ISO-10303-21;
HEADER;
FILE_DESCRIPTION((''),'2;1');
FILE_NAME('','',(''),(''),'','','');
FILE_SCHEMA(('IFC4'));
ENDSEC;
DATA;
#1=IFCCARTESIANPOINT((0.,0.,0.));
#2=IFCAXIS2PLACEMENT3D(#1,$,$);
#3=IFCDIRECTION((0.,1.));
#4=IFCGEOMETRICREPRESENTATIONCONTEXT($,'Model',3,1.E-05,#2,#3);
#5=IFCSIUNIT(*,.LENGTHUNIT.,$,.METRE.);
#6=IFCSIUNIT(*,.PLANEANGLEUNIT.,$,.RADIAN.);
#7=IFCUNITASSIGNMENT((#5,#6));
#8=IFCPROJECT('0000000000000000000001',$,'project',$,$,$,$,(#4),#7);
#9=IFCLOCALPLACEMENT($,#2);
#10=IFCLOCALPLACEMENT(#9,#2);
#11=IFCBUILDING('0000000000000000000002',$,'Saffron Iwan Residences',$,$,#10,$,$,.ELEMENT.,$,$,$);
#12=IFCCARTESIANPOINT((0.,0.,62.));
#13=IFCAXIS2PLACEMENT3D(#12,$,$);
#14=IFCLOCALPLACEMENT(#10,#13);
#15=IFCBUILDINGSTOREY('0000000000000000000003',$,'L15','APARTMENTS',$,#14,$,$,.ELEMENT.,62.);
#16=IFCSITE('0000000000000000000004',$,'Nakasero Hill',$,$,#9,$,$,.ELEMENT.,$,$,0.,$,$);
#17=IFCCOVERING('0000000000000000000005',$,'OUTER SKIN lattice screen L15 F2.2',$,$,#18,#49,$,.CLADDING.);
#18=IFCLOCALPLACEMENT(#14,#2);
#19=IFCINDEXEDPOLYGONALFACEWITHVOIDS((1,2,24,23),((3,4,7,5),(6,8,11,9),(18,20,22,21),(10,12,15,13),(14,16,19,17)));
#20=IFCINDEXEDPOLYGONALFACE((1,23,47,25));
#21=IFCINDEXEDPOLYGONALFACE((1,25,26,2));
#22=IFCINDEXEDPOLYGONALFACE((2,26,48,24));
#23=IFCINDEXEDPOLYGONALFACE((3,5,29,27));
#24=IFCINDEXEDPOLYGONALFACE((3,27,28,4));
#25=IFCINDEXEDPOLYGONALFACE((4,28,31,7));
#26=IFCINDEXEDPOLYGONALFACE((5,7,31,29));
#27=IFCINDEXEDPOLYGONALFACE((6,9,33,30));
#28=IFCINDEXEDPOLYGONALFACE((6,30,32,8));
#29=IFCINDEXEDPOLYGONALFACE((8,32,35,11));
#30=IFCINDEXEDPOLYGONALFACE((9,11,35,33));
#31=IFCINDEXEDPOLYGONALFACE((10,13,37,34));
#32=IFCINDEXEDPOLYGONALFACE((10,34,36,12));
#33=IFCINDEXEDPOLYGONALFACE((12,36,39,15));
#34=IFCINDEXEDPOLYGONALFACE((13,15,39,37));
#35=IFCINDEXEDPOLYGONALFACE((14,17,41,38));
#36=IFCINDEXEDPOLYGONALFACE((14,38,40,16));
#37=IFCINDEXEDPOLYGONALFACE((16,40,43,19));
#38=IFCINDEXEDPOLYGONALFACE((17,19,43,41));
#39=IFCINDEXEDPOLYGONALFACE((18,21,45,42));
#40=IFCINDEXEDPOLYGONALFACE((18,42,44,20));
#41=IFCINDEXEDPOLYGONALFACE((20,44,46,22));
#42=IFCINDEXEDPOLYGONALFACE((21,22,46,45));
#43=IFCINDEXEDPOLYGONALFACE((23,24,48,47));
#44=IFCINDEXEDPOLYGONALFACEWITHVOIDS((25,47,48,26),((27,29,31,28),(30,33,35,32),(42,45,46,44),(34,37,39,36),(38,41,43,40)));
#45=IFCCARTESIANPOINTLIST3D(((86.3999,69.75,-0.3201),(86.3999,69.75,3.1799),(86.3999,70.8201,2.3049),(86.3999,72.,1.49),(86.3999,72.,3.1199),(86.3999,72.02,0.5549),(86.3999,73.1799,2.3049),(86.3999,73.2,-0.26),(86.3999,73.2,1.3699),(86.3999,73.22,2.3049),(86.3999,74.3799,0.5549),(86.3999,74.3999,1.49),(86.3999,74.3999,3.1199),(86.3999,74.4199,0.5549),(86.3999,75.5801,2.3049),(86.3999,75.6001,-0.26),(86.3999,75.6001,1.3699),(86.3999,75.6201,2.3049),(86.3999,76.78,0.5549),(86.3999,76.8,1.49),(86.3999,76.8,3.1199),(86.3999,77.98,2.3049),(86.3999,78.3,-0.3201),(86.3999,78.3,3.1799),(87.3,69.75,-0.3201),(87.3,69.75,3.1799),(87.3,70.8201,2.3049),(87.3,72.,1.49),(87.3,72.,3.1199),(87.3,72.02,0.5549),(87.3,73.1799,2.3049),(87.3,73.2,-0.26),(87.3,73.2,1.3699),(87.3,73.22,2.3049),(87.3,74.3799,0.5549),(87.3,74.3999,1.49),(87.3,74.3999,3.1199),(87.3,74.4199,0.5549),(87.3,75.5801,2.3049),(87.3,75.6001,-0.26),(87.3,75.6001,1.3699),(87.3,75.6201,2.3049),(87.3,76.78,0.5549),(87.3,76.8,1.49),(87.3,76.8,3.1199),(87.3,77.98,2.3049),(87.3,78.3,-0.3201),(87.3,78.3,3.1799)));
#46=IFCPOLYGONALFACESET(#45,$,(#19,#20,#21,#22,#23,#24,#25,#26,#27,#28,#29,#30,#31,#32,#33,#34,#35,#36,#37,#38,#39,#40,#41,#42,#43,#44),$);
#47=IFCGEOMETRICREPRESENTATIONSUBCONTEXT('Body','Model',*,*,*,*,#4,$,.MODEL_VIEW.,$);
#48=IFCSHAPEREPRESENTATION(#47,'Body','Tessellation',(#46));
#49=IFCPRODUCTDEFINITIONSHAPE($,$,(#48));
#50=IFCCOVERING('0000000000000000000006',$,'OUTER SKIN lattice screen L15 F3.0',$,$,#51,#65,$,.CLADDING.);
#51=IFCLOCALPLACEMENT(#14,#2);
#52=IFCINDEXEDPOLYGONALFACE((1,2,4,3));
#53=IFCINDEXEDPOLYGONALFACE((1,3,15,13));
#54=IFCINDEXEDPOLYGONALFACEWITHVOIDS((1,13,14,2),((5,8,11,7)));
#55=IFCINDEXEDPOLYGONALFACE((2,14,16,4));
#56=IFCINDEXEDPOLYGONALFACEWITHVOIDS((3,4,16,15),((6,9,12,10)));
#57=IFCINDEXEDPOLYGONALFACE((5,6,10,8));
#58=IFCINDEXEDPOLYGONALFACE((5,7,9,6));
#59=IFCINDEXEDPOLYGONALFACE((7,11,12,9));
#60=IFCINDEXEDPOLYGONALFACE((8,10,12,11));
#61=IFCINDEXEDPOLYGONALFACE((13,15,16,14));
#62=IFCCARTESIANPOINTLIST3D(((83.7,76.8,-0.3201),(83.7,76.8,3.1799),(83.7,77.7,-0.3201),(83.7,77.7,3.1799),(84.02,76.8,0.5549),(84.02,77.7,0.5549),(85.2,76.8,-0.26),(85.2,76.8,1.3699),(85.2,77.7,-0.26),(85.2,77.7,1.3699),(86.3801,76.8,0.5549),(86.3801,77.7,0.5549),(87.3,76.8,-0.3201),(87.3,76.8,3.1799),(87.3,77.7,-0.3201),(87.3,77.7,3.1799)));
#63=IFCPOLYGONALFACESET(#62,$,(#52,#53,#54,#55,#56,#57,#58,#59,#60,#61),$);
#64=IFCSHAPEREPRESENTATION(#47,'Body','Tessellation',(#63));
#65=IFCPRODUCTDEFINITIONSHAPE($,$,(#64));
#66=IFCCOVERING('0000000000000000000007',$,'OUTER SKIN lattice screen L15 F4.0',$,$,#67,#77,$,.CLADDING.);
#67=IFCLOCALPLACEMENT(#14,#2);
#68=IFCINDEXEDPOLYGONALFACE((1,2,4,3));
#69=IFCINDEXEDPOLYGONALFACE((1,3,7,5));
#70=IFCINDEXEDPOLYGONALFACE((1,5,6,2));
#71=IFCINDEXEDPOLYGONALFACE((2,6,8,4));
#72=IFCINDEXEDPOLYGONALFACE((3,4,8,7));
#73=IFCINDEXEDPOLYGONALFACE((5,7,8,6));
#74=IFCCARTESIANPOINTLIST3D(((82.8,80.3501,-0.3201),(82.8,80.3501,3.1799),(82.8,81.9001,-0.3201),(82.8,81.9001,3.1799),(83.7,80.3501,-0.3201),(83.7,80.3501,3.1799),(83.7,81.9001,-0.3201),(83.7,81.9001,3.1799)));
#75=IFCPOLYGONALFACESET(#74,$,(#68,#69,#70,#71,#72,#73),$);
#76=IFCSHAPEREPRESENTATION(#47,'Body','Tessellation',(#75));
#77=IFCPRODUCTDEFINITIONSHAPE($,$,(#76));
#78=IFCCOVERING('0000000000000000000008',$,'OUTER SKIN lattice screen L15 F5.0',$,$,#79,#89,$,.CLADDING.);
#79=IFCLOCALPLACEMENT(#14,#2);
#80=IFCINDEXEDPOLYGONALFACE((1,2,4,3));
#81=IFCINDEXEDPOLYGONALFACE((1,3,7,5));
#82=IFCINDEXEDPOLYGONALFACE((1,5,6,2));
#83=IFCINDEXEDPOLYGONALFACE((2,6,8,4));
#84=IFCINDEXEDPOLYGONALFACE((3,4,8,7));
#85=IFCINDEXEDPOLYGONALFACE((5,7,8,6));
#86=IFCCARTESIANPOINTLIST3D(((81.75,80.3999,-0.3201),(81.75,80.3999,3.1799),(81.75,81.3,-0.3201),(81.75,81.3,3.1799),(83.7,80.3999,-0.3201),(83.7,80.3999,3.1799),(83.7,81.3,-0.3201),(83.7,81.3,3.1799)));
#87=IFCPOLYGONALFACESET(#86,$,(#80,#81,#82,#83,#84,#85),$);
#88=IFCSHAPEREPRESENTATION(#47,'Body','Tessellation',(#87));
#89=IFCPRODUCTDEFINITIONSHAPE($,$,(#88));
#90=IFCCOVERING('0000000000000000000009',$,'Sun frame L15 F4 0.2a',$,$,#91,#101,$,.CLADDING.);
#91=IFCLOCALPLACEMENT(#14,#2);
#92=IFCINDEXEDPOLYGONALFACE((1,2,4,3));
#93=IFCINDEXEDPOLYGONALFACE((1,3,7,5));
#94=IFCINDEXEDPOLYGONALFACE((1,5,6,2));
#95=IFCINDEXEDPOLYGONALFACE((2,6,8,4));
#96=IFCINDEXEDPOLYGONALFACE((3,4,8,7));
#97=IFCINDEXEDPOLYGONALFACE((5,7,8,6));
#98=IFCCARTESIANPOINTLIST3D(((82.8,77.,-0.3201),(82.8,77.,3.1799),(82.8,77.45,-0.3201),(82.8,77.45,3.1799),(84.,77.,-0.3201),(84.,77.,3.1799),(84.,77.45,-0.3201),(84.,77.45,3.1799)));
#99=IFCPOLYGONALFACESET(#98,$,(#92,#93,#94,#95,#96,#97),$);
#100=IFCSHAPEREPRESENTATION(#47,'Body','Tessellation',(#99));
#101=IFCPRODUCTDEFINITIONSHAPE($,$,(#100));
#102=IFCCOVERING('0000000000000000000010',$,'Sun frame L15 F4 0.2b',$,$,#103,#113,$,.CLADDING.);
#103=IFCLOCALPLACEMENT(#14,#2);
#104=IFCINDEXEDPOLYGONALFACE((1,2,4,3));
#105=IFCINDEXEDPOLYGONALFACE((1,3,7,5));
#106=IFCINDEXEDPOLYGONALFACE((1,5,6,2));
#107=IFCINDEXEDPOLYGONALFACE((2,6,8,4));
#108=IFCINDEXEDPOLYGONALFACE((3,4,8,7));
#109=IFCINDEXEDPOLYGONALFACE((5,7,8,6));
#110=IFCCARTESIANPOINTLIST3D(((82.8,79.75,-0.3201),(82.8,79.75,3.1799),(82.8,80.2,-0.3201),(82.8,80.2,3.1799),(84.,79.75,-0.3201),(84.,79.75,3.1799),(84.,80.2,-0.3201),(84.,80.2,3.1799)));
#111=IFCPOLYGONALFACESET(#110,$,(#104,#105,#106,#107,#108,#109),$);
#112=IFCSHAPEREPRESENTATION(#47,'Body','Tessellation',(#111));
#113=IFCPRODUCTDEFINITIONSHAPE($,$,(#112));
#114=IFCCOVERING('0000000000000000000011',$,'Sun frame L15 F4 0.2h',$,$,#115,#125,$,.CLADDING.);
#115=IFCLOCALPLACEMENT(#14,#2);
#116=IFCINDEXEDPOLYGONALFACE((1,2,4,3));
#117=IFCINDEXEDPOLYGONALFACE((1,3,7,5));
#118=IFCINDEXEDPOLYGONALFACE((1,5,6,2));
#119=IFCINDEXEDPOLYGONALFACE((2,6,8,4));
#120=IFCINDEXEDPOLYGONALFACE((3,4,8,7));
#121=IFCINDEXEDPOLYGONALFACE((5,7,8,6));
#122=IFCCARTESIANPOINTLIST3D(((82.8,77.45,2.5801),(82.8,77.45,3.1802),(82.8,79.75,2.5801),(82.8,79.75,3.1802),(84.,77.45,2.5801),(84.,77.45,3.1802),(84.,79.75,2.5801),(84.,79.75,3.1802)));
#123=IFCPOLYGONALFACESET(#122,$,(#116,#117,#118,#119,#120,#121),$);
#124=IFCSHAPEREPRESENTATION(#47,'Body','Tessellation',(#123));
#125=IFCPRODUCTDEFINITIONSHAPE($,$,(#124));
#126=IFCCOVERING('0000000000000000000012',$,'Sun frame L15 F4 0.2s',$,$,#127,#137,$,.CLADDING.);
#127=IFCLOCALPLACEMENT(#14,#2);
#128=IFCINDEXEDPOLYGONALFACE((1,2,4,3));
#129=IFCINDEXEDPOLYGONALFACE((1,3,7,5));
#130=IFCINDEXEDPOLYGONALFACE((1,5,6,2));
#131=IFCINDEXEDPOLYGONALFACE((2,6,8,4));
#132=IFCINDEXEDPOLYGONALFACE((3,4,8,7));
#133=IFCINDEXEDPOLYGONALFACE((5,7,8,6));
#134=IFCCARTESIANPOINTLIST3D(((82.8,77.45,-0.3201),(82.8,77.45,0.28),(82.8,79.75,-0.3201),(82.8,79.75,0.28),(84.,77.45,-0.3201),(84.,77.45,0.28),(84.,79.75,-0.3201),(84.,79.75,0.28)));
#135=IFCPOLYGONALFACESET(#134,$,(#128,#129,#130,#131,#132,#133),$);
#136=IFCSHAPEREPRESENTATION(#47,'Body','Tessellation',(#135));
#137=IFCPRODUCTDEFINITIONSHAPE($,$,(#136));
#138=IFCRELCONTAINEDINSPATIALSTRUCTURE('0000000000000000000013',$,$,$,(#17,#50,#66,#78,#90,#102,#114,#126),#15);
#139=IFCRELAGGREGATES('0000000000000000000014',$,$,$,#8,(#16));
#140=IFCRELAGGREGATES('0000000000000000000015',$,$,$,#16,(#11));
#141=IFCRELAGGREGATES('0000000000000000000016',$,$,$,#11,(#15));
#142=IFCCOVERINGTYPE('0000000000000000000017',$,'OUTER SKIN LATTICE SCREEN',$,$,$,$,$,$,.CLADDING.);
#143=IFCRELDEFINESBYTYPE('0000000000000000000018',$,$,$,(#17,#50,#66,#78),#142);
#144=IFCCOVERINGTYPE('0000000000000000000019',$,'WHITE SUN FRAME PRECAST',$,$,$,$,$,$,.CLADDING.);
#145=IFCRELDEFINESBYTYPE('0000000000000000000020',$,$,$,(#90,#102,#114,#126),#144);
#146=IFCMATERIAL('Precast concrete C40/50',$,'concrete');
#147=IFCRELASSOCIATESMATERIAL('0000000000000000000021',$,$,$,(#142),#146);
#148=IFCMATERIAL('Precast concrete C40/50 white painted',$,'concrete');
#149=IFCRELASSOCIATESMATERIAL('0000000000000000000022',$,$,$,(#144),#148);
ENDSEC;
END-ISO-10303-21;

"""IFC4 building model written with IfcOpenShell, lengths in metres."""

from ifc_helpers import new_model, si_unit, direction, frame, origin, place, context, subcontext, project, spatial, polyline, outline, extrude, material, type_object, element, save


model = new_model("IFC4")

# Units and contexts
model_context = context("Model", 3, precision=1e-05, world=origin(), true_north=direction((0.0, 1.0)))
body_context = subcontext(model_context, "Body", "Model", "MODEL_VIEW")
ifc_project = project(units=[si_unit("LENGTHUNIT", "METRE"), si_unit("PLANEANGLEUNIT", "RADIAN")], contexts=[model_context])

# Site, building, storey
site_placement = place(None, origin())
site = spatial("IfcSite", under=ifc_project, at=site_placement, Name="Nakasero Hill", CompositionType="ELEMENT", RefElevation=0.0)
building_placement = place(site_placement, origin())
building = spatial("IfcBuilding", under=site, at=building_placement, Name="Saffron Iwan Residences", CompositionType="ELEMENT")
storey_placement = place(building_placement, frame((0.0, 0.0, 62.0)))
storey = spatial("IfcBuildingStorey", under=building, at=storey_placement, Name="L15", Description="APARTMENTS", CompositionType="ELEMENT", Elevation=62.0)

# Coverings
ifc_material_1 = material(Name="Precast concrete C40/50", Category="concrete")
covering_type_1 = type_object("IfcCoveringType", Name="OUTER SKIN LATTICE SCREEN", PredefinedType="CLADDING", material=ifc_material_1)
covering_1_placement = place(storey_placement, frame((86.3999, 69.75, -0.3201), z_axis=(1.0, 0.0, 0.0), x_axis=(0.0, 1.0, 0.0)))
element("IfcCovering", 1, at=covering_1_placement, inside=storey, type_object=covering_type_1, Name="OUTER SKIN lattice screen L15 F2.2", PredefinedType="CLADDING", context=body_context, shape_type="SweptSolid", body=[
    extrude(outline(polyline([(0.0, 0.0), (8.55, 0.0), (8.55, 3.5), (0.0, 3.5), (0.0, 0.0)]), holes=[polyline([(2.27, 0.875), (3.45, 0.0601), (4.6299, 0.875), (3.45, 1.6899), (2.27, 0.875)]), polyline([(4.6699, 0.875), (5.8501, 0.0601), (7.03, 0.875), (5.8501, 1.6899), (4.6699, 0.875)]), polyline([(1.0701, 2.625), (2.25, 1.8101), (3.4299, 2.625), (2.25, 3.4399), (1.0701, 2.625)]), polyline([(3.47, 2.625), (4.6499, 1.8101), (5.8301, 2.625), (4.6499, 3.4399), (3.47, 2.625)]), polyline([(5.8701, 2.625), (7.05, 1.8101), (8.23, 2.625), (7.05, 3.4399), (5.8701, 2.625)])]), origin(), (0.0, 0.0, 1.0), 0.9001),
])
covering_2_placement = place(storey_placement, frame((87.3, 76.8, -0.3201), z_axis=(0.0, 1.0, 0.0), x_axis=(-1.0, 0.0, 0.0)))
element("IfcCovering", 2, at=covering_2_placement, inside=storey, type_object=covering_type_1, Name="OUTER SKIN lattice screen L15 F3.0", PredefinedType="CLADDING", context=body_context, shape_type="SweptSolid", body=[
    extrude(outline(polyline([(0.0, 0.0), (3.6001, 0.0), (3.6001, 3.5), (0.0, 3.5), (0.0, 0.0)]), holes=[polyline([(0.9199, 0.875), (2.1001, 0.0601), (3.28, 0.875), (2.1001, 1.6899), (0.9199, 0.875)])]), origin(), (0.0, 0.0, 1.0), 0.8999),
])
covering_3_placement = place(storey_placement, frame((82.8, 80.3501, -0.3201), z_axis=(1.0, 0.0, 0.0), x_axis=(0.0, 1.0, 0.0)))
element("IfcCovering", 3, at=covering_3_placement, inside=storey, type_object=covering_type_1, Name="OUTER SKIN lattice screen L15 F4.0", PredefinedType="CLADDING", context=body_context, shape_type="SweptSolid", body=[
    extrude(outline(polyline([(0.0, 0.0), (1.55, 0.0), (1.55, 3.5), (0.0, 3.5), (0.0, 0.0)])), origin(), (0.0, 0.0, 1.0), 0.8999),
])
covering_4_placement = place(storey_placement, frame((83.7, 80.3999, -0.3201), z_axis=(0.0, 1.0, 0.0), x_axis=(-1.0, 0.0, 0.0)))
element("IfcCovering", 4, at=covering_4_placement, inside=storey, type_object=covering_type_1, Name="OUTER SKIN lattice screen L15 F5.0", PredefinedType="CLADDING", context=body_context, shape_type="SweptSolid", body=[
    extrude(outline(polyline([(0.0, 0.0), (1.95, 0.0), (1.95, 3.5), (0.0, 3.5), (0.0, 0.0)])), origin(), (0.0, 0.0, 1.0), 0.9001),
])
ifc_material_2 = material(Name="Precast concrete C40/50 white painted", Category="concrete")
covering_type_2 = type_object("IfcCoveringType", Name="WHITE SUN FRAME PRECAST", PredefinedType="CLADDING", material=ifc_material_2)
for number, where, z_axis, x_axis, name in (
    (5, (82.8, 77.0, -0.3201), (1.0, 0.0, 0.0), (0.0, 1.0, 0.0), "Sun frame L15 F4 0.2a"),
    (6, (82.8, 79.75, -0.3201), (1.0, 0.0, 0.0), (0.0, 1.0, 0.0), "Sun frame L15 F4 0.2b"),
):
    element("IfcCovering", number, at=place(storey_placement, frame(where, z_axis=z_axis, x_axis=x_axis)), inside=storey, type_object=covering_type_2, Name=name, PredefinedType="CLADDING", context=body_context, shape_type="SweptSolid", body=[
        extrude(outline(polyline([(0.0, 0.0), (0.45, 0.0), (0.45, 3.5), (0.0, 3.5), (0.0, 0.0)])), origin(), (0.0, 0.0, 1.0), 1.2),
    ])
for number, where, z_axis, x_axis, name in (
    (7, (82.8, 77.45, 2.5801), (1.0, 0.0, 0.0), (0.0, 1.0, 0.0), "Sun frame L15 F4 0.2h"),
    (8, (82.8, 77.45, -0.3201), (1.0, 0.0, 0.0), (0.0, 1.0, 0.0), "Sun frame L15 F4 0.2s"),
):
    element("IfcCovering", number, at=place(storey_placement, frame(where, z_axis=z_axis, x_axis=x_axis)), inside=storey, type_object=covering_type_2, Name=name, PredefinedType="CLADDING", context=body_context, shape_type="SweptSolid", body=[
        extrude(outline(polyline([(0.0, 0.0), (2.3, 0.0), (2.3, 0.6001), (0.0, 0.6001), (0.0, 0.0)])), origin(), (0.0, 0.0, 1.0), 1.2),
    ])

save(model, "model.ifc")
